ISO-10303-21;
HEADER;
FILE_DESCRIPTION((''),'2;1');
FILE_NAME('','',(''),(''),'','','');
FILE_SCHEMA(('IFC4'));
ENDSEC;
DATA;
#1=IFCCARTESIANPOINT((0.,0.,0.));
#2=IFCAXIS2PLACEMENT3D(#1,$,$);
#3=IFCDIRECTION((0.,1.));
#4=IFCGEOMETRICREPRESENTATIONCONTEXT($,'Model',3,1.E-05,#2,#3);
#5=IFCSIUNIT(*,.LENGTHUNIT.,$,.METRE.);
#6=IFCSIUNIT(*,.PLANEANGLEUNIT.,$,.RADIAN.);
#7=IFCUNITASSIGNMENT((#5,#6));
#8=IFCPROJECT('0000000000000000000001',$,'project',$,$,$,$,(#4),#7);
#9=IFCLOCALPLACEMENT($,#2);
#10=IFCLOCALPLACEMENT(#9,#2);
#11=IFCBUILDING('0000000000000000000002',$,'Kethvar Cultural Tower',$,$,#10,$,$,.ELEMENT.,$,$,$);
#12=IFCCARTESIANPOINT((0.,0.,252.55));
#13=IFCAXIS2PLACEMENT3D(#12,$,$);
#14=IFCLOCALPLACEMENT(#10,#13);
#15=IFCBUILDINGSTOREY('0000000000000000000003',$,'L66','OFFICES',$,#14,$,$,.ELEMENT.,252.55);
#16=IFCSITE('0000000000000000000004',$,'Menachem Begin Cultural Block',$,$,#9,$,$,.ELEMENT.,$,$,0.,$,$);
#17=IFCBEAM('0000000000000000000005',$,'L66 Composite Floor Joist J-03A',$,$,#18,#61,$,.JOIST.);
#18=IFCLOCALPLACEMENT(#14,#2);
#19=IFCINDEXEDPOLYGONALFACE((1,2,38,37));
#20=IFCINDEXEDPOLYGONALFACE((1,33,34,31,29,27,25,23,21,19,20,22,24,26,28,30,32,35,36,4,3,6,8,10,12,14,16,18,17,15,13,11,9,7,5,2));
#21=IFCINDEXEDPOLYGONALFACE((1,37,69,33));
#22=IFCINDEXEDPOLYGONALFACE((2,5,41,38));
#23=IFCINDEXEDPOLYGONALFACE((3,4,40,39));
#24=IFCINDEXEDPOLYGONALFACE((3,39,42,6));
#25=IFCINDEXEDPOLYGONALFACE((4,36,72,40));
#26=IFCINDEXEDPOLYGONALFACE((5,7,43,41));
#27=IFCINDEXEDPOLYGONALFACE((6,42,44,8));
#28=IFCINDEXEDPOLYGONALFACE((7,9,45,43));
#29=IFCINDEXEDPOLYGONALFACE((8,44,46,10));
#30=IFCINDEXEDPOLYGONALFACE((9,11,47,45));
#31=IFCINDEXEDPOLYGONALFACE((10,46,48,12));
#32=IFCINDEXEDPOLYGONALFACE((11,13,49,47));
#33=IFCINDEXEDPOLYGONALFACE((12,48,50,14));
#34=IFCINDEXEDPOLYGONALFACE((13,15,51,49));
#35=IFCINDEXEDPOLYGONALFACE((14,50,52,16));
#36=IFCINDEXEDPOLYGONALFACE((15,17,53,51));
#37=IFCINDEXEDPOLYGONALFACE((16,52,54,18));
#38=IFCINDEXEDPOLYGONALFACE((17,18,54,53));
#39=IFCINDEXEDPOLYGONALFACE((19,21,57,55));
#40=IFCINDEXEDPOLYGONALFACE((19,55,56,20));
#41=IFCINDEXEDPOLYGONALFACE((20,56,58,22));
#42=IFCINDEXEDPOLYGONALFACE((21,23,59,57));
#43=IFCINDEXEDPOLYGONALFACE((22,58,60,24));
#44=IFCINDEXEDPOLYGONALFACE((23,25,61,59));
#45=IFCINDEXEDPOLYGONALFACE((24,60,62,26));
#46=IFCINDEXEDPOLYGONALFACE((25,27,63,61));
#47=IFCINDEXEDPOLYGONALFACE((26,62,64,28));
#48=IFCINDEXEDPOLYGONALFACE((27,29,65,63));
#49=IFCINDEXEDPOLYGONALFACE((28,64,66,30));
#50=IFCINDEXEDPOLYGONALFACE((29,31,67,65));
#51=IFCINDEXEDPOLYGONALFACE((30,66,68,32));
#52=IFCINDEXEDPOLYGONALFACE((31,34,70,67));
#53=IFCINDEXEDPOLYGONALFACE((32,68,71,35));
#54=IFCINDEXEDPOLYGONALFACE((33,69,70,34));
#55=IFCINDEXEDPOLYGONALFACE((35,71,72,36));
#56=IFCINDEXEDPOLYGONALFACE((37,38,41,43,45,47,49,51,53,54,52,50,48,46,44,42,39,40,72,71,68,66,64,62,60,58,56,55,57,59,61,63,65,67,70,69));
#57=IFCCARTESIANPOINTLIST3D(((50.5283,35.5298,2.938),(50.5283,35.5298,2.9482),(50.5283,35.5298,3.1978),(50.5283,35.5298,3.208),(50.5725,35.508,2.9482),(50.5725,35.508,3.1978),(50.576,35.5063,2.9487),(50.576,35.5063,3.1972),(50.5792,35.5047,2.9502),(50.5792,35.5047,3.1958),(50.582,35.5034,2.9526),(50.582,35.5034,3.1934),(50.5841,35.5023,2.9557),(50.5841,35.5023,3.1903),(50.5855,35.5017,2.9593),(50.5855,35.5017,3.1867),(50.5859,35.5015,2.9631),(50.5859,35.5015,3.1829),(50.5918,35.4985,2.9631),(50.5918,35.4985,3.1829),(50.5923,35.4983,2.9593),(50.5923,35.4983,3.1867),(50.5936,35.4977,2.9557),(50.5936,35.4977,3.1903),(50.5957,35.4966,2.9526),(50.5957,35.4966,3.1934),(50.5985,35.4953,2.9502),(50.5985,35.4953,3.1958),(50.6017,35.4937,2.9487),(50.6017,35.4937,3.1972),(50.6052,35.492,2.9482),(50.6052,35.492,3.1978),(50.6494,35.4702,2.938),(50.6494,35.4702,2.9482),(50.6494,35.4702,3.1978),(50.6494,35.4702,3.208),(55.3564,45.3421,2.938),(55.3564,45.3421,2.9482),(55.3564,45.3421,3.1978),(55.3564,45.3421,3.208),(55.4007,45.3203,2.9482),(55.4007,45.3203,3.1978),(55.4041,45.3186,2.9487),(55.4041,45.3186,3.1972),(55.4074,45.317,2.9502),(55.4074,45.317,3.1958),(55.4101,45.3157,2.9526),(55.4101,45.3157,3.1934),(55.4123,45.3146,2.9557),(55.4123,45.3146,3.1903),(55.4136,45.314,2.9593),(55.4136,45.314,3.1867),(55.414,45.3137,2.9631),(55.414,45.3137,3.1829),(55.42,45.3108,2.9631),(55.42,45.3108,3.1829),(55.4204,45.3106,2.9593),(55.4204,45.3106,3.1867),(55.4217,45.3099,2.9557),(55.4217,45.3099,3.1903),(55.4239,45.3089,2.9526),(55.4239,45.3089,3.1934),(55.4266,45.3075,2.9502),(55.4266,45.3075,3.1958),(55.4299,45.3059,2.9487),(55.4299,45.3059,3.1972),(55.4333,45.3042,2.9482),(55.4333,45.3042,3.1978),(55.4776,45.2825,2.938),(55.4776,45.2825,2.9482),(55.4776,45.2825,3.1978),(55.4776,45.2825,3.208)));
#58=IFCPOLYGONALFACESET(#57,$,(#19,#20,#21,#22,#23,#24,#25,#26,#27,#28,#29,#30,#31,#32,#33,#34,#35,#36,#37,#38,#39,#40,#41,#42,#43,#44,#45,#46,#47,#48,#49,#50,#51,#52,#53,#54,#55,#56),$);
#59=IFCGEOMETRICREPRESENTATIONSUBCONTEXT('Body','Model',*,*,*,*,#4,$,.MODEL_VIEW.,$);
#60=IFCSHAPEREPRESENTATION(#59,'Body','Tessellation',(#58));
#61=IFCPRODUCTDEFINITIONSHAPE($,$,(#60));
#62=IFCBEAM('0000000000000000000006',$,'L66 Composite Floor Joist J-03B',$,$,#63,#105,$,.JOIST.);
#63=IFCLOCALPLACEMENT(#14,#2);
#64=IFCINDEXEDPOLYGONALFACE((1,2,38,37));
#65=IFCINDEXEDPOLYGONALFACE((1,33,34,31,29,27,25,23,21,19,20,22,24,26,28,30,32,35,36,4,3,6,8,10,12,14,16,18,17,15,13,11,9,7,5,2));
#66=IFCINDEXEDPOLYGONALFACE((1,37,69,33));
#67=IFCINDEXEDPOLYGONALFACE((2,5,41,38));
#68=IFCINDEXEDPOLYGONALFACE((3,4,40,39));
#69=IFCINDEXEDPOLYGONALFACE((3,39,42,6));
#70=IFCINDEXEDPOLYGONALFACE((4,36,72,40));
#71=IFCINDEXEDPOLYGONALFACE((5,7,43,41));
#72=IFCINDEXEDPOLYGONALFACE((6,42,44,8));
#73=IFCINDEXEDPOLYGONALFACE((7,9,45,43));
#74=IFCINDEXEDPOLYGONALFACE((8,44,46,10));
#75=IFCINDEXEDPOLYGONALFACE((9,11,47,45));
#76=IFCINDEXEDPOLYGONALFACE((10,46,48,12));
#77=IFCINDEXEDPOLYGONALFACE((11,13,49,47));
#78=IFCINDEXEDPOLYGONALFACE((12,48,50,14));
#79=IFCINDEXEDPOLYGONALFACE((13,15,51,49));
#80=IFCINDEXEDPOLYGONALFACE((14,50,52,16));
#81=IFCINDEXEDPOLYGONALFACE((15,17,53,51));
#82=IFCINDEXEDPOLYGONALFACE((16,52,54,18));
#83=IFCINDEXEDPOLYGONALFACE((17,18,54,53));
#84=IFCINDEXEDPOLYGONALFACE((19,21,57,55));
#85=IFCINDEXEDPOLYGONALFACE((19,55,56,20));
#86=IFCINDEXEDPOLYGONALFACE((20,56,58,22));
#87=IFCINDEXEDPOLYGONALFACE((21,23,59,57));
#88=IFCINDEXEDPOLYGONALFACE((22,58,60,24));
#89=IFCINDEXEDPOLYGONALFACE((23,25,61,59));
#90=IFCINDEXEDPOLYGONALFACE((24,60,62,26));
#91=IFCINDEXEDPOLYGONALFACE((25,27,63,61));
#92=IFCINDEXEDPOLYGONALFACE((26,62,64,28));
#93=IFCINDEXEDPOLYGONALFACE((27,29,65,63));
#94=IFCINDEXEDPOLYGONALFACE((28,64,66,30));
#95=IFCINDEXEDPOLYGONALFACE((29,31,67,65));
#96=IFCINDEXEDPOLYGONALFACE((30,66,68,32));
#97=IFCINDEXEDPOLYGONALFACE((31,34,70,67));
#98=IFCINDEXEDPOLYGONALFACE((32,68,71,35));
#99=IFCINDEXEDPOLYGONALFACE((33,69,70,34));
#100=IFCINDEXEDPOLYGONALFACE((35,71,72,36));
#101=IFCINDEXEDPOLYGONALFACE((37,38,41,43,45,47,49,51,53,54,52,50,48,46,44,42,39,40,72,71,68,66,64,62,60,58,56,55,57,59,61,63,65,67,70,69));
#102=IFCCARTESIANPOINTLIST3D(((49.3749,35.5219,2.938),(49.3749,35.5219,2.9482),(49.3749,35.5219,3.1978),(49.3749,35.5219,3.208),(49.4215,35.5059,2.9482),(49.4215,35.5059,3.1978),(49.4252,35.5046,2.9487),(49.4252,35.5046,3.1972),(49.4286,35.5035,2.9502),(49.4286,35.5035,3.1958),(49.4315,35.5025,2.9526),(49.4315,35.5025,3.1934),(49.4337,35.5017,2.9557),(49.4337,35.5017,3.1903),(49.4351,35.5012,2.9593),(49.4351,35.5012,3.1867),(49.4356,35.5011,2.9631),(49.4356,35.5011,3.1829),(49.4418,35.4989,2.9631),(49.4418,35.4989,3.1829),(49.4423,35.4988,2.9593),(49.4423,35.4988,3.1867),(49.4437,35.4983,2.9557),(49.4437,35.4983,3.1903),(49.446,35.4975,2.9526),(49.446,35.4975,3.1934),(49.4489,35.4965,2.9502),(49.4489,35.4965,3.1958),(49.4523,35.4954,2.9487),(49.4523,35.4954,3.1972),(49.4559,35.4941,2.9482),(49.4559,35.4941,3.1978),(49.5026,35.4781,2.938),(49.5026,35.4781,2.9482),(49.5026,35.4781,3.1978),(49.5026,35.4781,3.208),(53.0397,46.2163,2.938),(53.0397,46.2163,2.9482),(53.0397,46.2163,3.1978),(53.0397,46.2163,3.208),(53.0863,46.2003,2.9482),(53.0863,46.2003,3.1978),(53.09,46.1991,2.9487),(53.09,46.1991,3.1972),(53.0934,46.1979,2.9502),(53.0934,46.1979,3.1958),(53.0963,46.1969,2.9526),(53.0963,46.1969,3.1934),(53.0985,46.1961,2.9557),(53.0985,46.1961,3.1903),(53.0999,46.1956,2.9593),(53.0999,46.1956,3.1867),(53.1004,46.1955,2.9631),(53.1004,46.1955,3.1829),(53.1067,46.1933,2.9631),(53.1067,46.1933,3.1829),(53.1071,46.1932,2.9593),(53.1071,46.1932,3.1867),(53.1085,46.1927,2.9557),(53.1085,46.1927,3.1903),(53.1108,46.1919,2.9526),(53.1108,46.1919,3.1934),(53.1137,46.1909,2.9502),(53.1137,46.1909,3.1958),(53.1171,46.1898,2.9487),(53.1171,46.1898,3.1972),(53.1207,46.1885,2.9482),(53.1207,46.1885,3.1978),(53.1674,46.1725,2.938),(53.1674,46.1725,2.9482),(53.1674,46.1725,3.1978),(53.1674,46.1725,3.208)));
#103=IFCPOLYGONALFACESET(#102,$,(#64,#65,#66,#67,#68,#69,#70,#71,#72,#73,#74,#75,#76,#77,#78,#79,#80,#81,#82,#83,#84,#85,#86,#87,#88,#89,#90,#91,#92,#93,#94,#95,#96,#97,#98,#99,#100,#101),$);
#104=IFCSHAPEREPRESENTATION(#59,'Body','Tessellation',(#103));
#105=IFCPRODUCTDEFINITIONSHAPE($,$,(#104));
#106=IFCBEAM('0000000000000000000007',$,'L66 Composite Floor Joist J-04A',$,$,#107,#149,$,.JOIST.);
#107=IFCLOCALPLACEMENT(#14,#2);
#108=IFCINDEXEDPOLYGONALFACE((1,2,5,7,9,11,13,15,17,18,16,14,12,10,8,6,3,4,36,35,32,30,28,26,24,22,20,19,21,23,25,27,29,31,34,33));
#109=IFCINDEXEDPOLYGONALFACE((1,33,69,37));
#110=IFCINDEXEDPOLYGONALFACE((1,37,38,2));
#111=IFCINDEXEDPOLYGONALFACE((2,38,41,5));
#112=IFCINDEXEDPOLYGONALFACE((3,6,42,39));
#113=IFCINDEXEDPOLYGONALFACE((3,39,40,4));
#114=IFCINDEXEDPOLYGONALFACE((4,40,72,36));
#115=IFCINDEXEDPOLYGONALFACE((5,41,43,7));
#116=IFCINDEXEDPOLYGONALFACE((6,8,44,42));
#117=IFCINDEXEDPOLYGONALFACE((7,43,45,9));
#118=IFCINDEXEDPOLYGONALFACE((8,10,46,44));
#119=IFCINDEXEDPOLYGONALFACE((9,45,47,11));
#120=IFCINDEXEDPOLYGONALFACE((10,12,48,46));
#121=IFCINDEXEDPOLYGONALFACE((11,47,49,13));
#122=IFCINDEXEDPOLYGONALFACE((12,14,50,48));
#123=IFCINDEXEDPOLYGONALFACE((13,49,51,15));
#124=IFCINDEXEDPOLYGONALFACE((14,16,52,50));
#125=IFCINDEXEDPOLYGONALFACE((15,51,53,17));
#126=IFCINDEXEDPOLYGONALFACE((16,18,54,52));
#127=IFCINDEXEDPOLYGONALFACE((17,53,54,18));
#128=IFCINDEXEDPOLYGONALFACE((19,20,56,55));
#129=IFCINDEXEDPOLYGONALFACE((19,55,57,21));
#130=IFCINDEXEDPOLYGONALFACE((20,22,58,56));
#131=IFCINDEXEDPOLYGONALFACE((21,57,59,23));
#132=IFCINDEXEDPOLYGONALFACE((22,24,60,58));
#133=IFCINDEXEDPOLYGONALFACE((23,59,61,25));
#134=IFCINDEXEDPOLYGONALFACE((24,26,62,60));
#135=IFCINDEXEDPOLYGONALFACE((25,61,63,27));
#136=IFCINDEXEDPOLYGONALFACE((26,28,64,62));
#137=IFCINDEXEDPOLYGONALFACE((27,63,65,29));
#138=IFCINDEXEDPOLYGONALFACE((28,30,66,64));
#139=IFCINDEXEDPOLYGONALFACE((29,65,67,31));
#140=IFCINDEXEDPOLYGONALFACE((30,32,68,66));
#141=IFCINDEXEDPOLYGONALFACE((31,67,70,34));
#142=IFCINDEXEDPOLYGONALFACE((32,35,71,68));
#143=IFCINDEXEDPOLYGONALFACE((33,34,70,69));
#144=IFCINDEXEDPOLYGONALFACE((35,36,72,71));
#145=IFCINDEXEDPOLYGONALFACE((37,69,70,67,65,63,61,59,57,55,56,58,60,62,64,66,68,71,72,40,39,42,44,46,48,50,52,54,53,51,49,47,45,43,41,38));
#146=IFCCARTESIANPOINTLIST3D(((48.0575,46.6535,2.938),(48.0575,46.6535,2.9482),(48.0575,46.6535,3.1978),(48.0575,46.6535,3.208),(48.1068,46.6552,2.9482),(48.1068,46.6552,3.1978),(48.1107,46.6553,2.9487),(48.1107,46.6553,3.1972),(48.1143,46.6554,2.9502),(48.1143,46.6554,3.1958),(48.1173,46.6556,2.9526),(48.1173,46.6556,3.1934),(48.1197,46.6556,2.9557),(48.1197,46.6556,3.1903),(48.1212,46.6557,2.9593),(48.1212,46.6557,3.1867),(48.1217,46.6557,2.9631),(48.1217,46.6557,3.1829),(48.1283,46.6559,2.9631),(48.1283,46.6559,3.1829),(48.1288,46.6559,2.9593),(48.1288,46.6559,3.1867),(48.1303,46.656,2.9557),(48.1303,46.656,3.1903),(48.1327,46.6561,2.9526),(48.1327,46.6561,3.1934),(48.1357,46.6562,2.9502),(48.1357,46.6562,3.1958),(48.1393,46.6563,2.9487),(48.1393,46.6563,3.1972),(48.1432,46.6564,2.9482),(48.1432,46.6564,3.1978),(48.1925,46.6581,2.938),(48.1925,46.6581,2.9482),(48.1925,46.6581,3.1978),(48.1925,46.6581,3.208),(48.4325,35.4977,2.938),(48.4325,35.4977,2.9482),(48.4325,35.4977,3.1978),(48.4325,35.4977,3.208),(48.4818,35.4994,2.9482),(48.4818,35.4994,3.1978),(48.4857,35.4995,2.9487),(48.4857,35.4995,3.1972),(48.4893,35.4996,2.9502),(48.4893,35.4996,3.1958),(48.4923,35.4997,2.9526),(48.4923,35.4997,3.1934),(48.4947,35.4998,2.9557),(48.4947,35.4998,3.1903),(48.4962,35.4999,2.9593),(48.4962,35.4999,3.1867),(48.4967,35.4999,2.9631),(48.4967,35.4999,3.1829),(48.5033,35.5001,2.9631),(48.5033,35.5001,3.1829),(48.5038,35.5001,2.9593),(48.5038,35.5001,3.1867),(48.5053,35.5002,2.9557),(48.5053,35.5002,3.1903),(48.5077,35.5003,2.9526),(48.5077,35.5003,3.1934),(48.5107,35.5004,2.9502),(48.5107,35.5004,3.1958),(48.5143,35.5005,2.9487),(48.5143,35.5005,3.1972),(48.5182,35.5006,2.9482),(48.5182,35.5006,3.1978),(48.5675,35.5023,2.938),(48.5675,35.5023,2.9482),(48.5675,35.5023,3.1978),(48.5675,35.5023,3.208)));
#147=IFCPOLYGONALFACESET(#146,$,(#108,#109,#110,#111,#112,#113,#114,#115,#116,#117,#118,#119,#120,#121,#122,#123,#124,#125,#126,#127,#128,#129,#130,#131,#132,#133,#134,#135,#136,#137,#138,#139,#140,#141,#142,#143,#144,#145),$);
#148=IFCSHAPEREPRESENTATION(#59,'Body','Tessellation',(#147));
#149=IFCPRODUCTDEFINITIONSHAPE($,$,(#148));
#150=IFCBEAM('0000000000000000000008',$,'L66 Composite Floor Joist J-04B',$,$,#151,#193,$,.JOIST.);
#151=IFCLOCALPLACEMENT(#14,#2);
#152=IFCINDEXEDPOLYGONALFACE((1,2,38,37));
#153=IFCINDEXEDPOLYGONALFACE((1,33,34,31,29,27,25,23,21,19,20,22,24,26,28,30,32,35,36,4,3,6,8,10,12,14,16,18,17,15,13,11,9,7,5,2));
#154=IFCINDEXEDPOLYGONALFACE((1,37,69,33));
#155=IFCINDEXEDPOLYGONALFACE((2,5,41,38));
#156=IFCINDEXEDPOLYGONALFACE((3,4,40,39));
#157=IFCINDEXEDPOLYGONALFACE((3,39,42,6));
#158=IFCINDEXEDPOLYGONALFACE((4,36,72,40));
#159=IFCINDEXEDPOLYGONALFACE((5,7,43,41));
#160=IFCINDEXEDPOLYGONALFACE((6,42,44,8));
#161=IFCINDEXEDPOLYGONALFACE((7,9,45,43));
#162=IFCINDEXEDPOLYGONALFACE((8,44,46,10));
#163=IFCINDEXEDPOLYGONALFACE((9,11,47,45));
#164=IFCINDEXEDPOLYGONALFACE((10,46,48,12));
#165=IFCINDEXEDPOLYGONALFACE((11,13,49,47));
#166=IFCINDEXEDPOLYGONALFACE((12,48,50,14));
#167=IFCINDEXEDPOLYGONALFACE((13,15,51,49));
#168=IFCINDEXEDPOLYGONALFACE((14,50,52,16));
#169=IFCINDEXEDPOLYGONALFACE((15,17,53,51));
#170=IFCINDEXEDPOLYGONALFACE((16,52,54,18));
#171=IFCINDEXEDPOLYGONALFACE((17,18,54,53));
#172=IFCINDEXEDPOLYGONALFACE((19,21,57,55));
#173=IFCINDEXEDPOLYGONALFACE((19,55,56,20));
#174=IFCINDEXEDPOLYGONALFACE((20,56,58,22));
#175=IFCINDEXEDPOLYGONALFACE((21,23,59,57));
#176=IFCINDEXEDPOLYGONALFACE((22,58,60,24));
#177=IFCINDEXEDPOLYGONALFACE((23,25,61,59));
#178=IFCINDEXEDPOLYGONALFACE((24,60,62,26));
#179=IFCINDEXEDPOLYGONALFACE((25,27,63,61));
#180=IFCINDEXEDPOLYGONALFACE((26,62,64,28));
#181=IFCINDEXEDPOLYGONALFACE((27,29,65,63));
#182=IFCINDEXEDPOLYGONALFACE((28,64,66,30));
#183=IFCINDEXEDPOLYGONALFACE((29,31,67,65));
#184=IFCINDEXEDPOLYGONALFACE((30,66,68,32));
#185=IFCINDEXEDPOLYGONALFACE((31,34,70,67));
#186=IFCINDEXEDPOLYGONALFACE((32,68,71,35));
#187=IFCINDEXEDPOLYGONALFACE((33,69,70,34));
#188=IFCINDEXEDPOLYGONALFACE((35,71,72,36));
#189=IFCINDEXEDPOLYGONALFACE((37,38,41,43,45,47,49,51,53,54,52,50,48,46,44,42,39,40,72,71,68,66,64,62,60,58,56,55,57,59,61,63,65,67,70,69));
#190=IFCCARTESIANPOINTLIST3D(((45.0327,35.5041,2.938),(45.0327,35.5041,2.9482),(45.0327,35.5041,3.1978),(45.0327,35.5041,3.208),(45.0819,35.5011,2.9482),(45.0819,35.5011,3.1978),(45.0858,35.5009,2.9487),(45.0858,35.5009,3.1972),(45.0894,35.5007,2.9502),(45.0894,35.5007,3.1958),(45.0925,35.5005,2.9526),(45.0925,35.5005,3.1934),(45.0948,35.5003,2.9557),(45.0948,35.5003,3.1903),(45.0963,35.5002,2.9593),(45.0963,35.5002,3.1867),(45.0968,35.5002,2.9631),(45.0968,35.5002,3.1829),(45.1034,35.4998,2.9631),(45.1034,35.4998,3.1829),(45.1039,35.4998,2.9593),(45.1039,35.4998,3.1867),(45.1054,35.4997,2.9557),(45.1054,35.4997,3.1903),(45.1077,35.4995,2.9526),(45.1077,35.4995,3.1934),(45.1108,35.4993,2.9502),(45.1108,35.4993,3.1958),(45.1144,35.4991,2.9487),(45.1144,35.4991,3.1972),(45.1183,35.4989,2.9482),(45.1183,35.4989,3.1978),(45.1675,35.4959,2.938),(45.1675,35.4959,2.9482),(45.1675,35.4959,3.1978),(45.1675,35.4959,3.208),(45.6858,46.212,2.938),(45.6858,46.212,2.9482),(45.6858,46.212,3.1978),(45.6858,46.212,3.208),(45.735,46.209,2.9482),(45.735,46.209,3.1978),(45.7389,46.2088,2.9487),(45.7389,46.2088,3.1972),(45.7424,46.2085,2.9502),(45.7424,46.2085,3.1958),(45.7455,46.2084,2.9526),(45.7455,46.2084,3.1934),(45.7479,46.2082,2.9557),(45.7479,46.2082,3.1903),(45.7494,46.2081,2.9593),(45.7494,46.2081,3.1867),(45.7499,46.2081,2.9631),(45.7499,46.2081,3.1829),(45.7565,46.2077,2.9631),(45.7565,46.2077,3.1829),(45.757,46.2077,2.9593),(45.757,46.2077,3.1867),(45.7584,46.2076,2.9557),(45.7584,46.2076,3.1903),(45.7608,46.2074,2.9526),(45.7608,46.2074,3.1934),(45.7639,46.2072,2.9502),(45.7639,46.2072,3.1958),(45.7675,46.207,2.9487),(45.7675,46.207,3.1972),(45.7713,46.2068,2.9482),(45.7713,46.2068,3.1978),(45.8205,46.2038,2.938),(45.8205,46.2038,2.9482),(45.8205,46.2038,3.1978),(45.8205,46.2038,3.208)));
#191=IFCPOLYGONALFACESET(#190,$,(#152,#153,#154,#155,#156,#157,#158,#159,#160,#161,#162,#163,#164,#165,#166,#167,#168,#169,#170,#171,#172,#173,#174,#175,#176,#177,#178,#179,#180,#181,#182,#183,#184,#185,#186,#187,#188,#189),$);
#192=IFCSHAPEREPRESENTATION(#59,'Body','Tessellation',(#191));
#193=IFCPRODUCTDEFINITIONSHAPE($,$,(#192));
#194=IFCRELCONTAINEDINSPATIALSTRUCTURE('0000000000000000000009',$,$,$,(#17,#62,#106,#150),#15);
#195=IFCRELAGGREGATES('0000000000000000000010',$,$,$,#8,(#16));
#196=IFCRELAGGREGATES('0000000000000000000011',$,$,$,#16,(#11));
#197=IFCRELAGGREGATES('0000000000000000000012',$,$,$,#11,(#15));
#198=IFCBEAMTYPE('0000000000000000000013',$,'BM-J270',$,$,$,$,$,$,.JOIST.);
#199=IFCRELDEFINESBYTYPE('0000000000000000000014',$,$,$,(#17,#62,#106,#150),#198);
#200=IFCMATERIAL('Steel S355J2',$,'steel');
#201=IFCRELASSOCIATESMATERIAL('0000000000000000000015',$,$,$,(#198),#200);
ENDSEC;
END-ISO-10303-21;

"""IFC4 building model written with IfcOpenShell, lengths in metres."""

from ifc_helpers import new_model, si_unit, direction, frame, origin, origin_2d, place, context, subcontext, project, spatial, i_section, extrude, source, transform, mapped, material, material_profile, profile_set, type_object, element, save


model = new_model("IFC4")

# Units and contexts
model_context = context("Model", 3, precision=1e-05, world=origin(), true_north=direction((0.0, 1.0)))
body_context = subcontext(model_context, "Body", "Model", "MODEL_VIEW")
ifc_project = project(units=[si_unit("LENGTHUNIT", "METRE"), si_unit("PLANEANGLEUNIT", "RADIAN")], contexts=[model_context])

# Site, building, storey
site_placement = place(None, origin())
site = spatial("IfcSite", under=ifc_project, at=site_placement, Name="Menachem Begin Cultural Block", CompositionType="ELEMENT", RefElevation=0.0)
building_placement = place(site_placement, origin())
building = spatial("IfcBuilding", under=site, at=building_placement, Name="Kethvar Cultural Tower", CompositionType="ELEMENT")
storey_placement = place(building_placement, frame((0.0, 0.0, 252.55)))
storey = spatial("IfcBuildingStorey", under=building, at=storey_placement, Name="L66", Description="OFFICES", CompositionType="ELEMENT", Elevation=252.55)

# Beams
ifc_material_1 = material(Name="Steel S355J2", Category="steel")
ifc_material_profile_1 = material_profile(ifc_material_1, i_section(OverallWidth=0.135, OverallDepth=0.27, WebThickness=0.0066, FlangeThickness=0.0103, FilletRadius=0.0149, at=origin_2d()), Name="Steel S355J2 — IPE270")
ifc_profile_set_1 = profile_set([ifc_material_profile_1], Name="Steel S355J2 — IPE270")
beam_type_1 = type_object("IfcBeamType", Name="BM-J270", PredefinedType="JOIST", material=ifc_profile_set_1)
shared_shape_1 = source(origin(), body_context, "Body", "SweptSolid", [
    extrude(i_section(OverallWidth=0.135, OverallDepth=0.27, WebThickness=0.0066, FlangeThickness=0.0103, FilletRadius=0.0149, at=origin_2d()), origin(), (0.0, 0.0, 1.0), 10.9358),
])
beam_1_placement = place(storey_placement, frame((50.5889, 35.5, 3.073), z_axis=(0.441498, 0.897262, 0.0), x_axis=(-0.897262, 0.441498, 0.0)))
element("IfcBeam", 1, at=beam_1_placement, inside=storey, type_object=beam_type_1, Name="L66 Composite Floor Joist J-03A", PredefinedType="JOIST", context=body_context, shape_type="MappedRepresentation", body=[
    mapped(shared_shape_1, transform((0.0, 0.0, 0.0), scale=1.0)),
])
shared_shape_2 = source(origin(), body_context, "Body", "SweptSolid", [
    extrude(i_section(OverallWidth=0.135, OverallDepth=0.27, WebThickness=0.0066, FlangeThickness=0.0103, FilletRadius=0.0149, at=origin_2d()), origin(), (0.0, 0.0, 1.0), 11.3049),
])
beam_2_placement = place(storey_placement, frame((49.4387, 35.5, 3.073), z_axis=(0.324179, 0.945996, 0.0), x_axis=(-0.945996, 0.324179, 0.0)))
element("IfcBeam", 2, at=beam_2_placement, inside=storey, type_object=beam_type_1, Name="L66 Composite Floor Joist J-03B", PredefinedType="JOIST", context=body_context, shape_type="MappedRepresentation", body=[
    mapped(shared_shape_2, transform((0.0, 0.0, 0.0), scale=1.0)),
])
shared_shape_3 = source(origin(), body_context, "Body", "SweptSolid", [
    extrude(i_section(OverallWidth=0.135, OverallDepth=0.27, WebThickness=0.0066, FlangeThickness=0.0103, FilletRadius=0.0149, at=origin_2d()), origin(), (0.0, 0.0, 1.0), 11.1621),
])
beam_3_placement = place(storey_placement, frame((48.5, 35.5, 3.073), z_axis=(-0.033596, 0.999435, 0.0), x_axis=(-0.999435, -0.033596, 0.0)))
element("IfcBeam", 3, at=beam_3_placement, inside=storey, type_object=beam_type_1, Name="L66 Composite Floor Joist J-04A", PredefinedType="JOIST", context=body_context, shape_type="MappedRepresentation", body=[
    mapped(shared_shape_3, transform((0.0, 0.0, 0.0), scale=1.0)),
])
shared_shape_4 = source(origin(), body_context, "Body", "SweptSolid", [
    extrude(i_section(OverallWidth=0.135, OverallDepth=0.27, WebThickness=0.0066, FlangeThickness=0.0103, FilletRadius=0.0149, at=origin_2d()), origin(), (0.0, 0.0, 1.0), 10.7278),
])
beam_4_placement = place(storey_placement, frame((45.1001, 35.5, 3.073), z_axis=(0.060876, 0.998145, 0.0), x_axis=(-0.998145, 0.060876, 0.0)))
element("IfcBeam", 4, at=beam_4_placement, inside=storey, type_object=beam_type_1, Name="L66 Composite Floor Joist J-04B", PredefinedType="JOIST", context=body_context, shape_type="MappedRepresentation", body=[
    mapped(shared_shape_4, transform((0.0, 0.0, 0.0), scale=1.0)),
])

save(model, "model.ifc")
